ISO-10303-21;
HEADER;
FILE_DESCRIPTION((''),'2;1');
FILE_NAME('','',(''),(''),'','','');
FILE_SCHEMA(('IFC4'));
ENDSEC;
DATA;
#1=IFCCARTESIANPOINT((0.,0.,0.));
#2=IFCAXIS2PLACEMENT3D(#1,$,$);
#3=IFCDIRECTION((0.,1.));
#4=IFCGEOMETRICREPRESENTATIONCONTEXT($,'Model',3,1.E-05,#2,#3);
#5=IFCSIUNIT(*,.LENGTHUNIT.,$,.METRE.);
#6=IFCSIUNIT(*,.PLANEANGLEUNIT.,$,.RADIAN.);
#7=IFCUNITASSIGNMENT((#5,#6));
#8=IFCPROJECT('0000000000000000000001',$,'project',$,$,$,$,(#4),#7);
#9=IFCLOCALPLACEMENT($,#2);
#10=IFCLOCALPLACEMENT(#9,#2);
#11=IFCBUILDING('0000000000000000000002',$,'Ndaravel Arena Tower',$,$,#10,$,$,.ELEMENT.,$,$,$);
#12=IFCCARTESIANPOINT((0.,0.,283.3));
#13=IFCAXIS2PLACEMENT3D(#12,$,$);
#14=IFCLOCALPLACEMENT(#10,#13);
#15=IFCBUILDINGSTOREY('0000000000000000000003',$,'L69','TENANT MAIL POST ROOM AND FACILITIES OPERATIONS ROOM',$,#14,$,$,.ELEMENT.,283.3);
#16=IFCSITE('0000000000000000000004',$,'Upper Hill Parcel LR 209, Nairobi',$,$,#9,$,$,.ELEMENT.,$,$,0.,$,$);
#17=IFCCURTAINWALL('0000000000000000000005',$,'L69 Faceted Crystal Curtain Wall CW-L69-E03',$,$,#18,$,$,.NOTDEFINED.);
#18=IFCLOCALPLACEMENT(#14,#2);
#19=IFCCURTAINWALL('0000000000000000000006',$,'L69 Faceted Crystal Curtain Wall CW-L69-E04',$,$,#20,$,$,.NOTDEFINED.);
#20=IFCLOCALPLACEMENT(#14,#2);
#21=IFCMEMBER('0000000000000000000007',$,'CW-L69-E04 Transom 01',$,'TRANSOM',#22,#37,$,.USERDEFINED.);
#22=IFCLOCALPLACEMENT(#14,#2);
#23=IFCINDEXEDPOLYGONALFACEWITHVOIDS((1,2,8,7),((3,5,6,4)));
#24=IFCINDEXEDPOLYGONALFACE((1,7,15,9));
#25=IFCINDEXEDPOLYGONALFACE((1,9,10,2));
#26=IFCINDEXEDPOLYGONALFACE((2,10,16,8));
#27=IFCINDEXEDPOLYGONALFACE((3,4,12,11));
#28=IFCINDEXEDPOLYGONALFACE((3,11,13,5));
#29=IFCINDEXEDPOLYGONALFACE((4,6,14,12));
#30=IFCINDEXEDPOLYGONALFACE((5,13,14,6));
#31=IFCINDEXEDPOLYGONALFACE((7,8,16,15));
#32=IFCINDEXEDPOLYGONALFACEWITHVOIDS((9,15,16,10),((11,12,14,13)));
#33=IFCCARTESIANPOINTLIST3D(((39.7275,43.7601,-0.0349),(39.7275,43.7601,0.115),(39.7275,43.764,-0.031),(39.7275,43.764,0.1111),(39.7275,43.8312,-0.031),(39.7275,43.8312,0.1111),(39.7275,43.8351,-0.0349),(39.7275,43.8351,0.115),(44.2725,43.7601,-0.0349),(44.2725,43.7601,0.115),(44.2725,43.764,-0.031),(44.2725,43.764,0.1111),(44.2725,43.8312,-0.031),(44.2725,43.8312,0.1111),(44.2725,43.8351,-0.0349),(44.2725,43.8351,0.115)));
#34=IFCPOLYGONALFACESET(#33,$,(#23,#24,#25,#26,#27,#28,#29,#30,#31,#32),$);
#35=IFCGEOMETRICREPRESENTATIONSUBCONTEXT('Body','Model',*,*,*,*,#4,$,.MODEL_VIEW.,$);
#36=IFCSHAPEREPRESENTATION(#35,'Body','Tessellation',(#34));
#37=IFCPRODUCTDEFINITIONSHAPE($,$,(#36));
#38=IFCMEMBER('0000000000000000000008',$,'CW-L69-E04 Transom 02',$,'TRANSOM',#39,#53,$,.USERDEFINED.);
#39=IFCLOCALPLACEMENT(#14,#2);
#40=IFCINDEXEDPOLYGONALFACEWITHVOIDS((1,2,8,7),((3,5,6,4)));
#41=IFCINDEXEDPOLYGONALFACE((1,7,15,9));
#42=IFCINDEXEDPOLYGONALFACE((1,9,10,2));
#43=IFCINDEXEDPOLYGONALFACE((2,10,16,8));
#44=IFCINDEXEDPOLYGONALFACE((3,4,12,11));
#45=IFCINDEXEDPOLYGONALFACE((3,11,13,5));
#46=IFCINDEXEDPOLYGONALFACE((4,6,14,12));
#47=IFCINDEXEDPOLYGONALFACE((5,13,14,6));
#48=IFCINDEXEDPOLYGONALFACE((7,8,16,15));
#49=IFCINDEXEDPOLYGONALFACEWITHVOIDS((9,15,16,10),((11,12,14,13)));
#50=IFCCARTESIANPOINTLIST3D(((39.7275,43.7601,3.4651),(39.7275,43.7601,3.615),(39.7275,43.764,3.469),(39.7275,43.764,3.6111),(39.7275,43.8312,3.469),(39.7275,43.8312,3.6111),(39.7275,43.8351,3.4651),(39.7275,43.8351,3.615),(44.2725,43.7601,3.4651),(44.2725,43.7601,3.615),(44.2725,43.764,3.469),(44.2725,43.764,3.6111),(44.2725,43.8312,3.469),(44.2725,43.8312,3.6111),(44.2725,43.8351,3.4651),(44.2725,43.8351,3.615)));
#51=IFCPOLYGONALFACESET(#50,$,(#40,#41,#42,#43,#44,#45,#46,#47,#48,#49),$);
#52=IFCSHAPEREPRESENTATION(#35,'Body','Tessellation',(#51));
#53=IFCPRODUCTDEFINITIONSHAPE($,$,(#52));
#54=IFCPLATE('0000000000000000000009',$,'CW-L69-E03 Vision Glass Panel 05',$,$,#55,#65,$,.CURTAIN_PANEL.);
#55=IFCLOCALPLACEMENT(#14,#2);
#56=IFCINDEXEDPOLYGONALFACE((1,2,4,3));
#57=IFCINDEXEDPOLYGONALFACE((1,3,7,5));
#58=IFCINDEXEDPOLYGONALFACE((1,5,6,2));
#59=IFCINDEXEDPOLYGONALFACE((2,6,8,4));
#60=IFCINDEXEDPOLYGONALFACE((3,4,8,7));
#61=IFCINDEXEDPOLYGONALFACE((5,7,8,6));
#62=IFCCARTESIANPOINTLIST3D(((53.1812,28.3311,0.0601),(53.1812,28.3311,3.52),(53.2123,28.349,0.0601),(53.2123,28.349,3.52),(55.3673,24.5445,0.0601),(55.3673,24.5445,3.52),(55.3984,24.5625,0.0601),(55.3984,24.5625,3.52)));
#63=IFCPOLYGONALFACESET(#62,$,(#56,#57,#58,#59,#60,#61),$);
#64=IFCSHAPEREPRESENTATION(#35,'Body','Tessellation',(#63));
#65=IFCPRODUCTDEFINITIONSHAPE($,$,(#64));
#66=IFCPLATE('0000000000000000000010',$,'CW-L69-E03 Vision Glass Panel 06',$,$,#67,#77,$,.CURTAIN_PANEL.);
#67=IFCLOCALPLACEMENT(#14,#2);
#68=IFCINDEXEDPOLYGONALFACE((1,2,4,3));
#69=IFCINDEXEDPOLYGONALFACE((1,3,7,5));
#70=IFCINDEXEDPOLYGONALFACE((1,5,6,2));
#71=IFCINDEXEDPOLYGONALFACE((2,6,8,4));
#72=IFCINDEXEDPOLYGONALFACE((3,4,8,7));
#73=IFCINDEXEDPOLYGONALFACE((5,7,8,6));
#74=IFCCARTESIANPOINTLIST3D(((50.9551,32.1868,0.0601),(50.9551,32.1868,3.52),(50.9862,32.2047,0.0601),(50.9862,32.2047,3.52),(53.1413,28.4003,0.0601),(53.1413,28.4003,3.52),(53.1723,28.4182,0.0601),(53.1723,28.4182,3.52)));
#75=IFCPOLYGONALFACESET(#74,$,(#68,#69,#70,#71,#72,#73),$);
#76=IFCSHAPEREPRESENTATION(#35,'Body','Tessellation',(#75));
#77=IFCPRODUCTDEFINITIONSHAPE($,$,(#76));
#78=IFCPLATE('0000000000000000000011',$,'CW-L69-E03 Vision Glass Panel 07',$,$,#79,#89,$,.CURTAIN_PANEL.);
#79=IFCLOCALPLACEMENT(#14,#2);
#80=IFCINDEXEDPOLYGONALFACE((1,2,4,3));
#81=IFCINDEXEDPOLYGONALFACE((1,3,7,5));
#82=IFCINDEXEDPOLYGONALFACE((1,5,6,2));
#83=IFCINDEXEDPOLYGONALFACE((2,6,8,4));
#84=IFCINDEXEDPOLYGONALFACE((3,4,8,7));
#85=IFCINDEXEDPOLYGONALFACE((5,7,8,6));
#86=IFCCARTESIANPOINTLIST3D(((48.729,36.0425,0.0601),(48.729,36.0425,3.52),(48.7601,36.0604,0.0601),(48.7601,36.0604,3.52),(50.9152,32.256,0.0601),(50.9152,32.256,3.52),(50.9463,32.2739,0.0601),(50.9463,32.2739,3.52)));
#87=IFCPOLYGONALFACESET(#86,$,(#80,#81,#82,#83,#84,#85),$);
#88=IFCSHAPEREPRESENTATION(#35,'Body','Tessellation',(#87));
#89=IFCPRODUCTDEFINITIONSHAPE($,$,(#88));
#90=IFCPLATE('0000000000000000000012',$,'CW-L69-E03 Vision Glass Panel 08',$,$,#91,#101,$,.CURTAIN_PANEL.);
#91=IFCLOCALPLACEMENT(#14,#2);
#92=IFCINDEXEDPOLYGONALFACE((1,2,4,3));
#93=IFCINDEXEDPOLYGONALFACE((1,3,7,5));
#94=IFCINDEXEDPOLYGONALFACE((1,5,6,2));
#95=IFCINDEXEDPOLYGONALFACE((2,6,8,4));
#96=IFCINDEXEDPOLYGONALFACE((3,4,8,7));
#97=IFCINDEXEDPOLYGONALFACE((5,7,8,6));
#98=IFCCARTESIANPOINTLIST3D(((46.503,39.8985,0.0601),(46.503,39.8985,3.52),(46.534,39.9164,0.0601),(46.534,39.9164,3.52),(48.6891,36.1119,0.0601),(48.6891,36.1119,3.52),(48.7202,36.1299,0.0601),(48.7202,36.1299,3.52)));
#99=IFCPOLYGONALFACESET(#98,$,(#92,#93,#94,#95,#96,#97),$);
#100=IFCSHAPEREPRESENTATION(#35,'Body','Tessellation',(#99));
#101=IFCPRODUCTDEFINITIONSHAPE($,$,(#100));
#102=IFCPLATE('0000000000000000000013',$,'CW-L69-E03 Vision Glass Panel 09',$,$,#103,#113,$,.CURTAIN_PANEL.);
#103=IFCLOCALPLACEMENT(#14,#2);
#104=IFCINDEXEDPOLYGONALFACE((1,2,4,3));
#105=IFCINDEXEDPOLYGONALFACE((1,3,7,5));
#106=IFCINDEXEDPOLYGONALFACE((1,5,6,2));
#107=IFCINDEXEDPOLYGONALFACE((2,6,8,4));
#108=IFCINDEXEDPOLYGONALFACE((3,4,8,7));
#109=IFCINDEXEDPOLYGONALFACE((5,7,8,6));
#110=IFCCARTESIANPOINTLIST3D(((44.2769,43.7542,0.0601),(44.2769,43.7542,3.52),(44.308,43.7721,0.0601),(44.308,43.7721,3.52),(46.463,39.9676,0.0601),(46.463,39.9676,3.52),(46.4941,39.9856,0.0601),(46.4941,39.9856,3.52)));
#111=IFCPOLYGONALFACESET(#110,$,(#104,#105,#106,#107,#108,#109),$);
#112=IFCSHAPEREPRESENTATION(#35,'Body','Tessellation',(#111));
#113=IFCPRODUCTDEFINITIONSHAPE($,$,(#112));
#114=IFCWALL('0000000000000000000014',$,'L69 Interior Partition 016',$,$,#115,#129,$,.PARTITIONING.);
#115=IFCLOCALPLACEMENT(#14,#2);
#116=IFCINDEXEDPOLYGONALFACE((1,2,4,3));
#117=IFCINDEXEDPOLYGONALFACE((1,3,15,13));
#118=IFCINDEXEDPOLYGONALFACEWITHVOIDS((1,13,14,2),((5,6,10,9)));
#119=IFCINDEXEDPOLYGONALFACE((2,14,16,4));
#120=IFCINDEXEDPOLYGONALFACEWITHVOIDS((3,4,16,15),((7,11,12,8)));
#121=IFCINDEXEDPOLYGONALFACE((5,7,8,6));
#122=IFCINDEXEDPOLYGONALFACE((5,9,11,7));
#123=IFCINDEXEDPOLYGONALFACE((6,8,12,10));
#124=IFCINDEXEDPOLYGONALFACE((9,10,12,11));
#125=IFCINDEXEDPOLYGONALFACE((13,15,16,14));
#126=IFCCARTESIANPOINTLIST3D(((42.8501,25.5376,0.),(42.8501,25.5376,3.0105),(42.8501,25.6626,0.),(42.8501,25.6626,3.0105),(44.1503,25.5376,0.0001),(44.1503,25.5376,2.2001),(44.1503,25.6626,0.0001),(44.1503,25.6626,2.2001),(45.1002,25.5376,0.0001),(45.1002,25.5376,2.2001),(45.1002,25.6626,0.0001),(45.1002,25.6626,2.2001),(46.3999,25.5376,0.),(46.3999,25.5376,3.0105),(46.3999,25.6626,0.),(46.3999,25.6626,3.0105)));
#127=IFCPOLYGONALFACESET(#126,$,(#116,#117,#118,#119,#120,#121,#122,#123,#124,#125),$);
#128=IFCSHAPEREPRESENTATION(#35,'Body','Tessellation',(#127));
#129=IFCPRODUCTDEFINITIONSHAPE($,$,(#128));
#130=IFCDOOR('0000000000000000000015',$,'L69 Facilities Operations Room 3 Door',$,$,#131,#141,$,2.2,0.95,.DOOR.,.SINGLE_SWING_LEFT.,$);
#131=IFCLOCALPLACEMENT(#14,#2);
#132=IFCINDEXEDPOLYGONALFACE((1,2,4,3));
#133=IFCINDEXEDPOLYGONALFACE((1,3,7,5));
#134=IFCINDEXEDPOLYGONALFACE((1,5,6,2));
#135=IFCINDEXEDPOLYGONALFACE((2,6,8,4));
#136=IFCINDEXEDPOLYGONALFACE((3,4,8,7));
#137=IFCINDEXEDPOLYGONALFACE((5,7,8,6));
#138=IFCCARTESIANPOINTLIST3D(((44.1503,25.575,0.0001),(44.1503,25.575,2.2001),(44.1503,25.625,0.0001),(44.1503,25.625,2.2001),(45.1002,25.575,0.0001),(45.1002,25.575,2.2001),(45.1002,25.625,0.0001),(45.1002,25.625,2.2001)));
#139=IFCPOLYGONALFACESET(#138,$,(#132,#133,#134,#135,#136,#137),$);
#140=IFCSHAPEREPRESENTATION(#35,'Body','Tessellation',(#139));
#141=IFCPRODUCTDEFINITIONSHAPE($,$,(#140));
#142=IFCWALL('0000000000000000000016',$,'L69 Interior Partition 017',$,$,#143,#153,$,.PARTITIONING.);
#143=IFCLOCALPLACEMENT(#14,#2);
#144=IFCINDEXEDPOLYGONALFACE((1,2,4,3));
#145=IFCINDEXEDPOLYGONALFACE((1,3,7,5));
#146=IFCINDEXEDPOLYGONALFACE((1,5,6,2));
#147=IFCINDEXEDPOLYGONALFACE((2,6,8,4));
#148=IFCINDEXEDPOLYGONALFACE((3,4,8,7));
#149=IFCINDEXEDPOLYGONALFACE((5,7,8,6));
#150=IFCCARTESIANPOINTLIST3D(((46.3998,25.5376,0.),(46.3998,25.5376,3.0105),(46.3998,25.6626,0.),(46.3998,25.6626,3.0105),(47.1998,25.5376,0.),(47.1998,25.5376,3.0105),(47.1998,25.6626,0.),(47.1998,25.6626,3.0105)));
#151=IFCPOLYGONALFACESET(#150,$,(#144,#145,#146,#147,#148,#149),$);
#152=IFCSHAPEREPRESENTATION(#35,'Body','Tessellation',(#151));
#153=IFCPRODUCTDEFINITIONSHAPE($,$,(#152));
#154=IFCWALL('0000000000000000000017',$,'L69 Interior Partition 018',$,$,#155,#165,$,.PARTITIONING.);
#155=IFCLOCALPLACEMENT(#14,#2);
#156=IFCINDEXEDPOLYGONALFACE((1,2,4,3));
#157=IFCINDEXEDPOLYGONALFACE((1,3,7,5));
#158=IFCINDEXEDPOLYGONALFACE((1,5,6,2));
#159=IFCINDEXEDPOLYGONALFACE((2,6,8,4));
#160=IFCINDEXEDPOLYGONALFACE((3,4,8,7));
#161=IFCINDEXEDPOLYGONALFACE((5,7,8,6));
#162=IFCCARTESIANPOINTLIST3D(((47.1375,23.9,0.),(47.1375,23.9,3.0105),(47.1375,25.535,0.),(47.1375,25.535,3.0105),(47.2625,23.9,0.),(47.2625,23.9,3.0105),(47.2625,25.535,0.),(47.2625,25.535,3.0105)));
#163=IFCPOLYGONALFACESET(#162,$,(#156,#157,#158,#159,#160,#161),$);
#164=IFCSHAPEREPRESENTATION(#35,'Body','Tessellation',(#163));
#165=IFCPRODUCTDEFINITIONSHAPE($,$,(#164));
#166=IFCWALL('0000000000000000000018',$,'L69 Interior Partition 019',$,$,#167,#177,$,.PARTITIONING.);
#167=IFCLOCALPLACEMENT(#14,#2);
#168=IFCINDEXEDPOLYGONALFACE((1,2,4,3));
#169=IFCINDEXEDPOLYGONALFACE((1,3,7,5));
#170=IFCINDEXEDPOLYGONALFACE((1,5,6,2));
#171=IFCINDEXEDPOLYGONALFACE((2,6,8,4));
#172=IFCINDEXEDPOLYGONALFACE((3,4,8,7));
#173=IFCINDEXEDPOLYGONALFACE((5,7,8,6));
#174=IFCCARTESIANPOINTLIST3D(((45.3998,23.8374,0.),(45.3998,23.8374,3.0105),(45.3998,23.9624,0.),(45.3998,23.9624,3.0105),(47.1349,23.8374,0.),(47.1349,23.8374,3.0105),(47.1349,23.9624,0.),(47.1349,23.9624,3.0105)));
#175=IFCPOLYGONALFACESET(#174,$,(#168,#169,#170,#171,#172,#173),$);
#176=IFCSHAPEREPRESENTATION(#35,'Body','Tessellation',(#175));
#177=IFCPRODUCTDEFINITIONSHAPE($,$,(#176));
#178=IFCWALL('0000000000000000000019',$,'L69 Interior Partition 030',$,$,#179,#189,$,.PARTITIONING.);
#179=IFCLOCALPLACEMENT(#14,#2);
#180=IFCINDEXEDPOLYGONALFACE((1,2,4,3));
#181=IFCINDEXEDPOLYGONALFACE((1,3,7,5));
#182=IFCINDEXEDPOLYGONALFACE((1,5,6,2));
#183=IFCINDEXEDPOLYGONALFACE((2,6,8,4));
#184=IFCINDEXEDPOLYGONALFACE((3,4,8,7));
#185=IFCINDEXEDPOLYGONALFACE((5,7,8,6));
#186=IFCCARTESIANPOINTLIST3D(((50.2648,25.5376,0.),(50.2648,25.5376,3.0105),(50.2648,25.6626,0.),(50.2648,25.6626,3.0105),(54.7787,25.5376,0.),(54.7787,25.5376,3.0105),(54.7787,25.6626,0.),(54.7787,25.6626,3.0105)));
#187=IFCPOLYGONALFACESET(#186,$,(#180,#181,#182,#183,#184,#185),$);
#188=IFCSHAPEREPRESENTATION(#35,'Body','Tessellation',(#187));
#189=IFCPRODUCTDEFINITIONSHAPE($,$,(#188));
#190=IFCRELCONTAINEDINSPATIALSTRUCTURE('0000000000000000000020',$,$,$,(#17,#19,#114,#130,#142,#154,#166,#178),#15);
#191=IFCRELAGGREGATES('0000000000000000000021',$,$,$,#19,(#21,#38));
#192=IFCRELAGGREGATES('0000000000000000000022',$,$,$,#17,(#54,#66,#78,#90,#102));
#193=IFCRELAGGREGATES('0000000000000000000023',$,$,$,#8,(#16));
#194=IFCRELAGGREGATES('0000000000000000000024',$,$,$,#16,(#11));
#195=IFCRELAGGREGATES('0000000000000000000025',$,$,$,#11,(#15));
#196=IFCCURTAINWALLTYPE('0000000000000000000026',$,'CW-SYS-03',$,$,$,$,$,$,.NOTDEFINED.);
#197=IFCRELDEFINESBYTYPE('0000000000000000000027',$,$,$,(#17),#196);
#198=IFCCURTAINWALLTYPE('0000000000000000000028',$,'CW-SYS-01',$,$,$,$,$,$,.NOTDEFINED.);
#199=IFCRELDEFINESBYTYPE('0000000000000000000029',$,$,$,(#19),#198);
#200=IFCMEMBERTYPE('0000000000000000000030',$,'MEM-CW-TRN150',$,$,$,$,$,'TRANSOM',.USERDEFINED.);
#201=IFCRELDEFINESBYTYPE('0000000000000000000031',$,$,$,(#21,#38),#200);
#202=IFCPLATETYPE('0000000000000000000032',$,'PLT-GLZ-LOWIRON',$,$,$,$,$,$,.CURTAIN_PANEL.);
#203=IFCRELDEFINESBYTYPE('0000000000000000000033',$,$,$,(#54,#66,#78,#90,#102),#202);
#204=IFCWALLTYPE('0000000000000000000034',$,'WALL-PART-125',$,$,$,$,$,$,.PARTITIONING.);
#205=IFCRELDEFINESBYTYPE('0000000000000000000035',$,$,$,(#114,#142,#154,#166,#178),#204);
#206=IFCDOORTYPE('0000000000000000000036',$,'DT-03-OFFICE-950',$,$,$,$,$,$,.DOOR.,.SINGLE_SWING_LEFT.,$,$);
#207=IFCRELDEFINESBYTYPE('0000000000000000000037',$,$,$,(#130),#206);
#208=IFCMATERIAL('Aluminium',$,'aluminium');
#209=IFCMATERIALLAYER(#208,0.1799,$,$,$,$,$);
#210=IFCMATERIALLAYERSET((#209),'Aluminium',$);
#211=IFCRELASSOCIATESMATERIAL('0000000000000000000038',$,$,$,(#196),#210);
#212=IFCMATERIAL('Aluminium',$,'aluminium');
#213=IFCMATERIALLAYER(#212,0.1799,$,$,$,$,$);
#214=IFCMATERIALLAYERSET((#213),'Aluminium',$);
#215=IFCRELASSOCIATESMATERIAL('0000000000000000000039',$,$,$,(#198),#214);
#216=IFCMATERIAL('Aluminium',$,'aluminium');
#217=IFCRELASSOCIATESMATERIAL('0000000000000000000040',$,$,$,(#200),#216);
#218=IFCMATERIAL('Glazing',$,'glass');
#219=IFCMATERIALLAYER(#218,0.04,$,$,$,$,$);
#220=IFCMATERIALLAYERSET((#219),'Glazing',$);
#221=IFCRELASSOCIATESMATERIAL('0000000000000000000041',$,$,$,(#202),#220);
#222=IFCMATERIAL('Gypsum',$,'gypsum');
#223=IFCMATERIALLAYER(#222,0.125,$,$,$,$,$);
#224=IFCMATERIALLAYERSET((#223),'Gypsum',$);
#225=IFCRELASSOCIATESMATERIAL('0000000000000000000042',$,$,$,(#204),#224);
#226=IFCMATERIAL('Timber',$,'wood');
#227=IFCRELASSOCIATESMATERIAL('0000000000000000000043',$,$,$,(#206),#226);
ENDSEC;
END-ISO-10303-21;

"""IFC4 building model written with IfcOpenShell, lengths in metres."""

from ifc_helpers import new_model, si_unit, direction, frame, frame_2d, origin, origin_2d, place, context, subcontext, project, spatial, rectangle, hollow_rectangle, extrude, material, layer, layer_set, material_profile, profile_set, type_object, element, fill, aggregate, save


model = new_model("IFC4")

# Units and contexts
model_context = context("Model", 3, precision=1e-05, world=origin(), true_north=direction((0.0, 1.0)))
body_context = subcontext(model_context, "Body", "Model", "MODEL_VIEW")
ifc_project = project(units=[si_unit("LENGTHUNIT", "METRE"), si_unit("PLANEANGLEUNIT", "RADIAN")], contexts=[model_context])

# Site, building, storey
site_placement = place(None, origin())
site = spatial("IfcSite", under=ifc_project, at=site_placement, Name="Upper Hill Parcel LR 209, Nairobi", CompositionType="ELEMENT", RefElevation=0.0)
building_placement = place(site_placement, origin())
building = spatial("IfcBuilding", under=site, at=building_placement, Name="Ndaravel Arena Tower", CompositionType="ELEMENT")
storey_placement = place(building_placement, frame((0.0, 0.0, 283.3)))
storey = spatial("IfcBuildingStorey", under=building, at=storey_placement, Name="L69", Description="TENANT MAIL POST ROOM AND FACILITIES OPERATIONS ROOM", CompositionType="ELEMENT", Elevation=283.3)

# Curtain walls, members
ifc_material_1 = material(Name="Aluminium", Category="aluminium")
ifc_layer_1 = layer(ifc_material_1, 0.1799)
ifc_layer_set_1 = layer_set([ifc_layer_1], Name="Aluminium")
curtain_wall_type_1 = type_object("IfcCurtainWallType", Name="CW-SYS-03", PredefinedType="NOTDEFINED", material=ifc_layer_set_1)
curtain_wall_1_placement = place(storey_placement, origin())
curtain_wall_1 = element("IfcCurtainWall", 1, at=curtain_wall_1_placement, inside=storey, type_object=curtain_wall_type_1, Name="L69 Faceted Crystal Curtain Wall CW-L69-E03", PredefinedType="NOTDEFINED")
ifc_material_2 = material(Name="Aluminium", Category="aluminium")
ifc_layer_2 = layer(ifc_material_2, 0.1799)
ifc_layer_set_2 = layer_set([ifc_layer_2], Name="Aluminium")
curtain_wall_type_2 = type_object("IfcCurtainWallType", Name="CW-SYS-01", PredefinedType="NOTDEFINED", material=ifc_layer_set_2)
curtain_wall_2_placement = place(storey_placement, origin())
curtain_wall_2 = element("IfcCurtainWall", 2, at=curtain_wall_2_placement, inside=storey, type_object=curtain_wall_type_2, Name="L69 Faceted Crystal Curtain Wall CW-L69-E04", PredefinedType="NOTDEFINED")
ifc_material_3 = material(Name="Aluminium", Category="aluminium")
ifc_material_profile_1 = material_profile(ifc_material_3, hollow_rectangle(XDim=0.075, YDim=0.1499, WallThickness=0.0039, at=origin_2d()), Name="CW TRANSOM 75x150x4")
ifc_profile_set_1 = profile_set([ifc_material_profile_1], Name="Aluminium")
member_type_1 = type_object("IfcMemberType", Name="MEM-CW-TRN150", ElementType="TRANSOM", PredefinedType="USERDEFINED", material=ifc_profile_set_1)
member_1_placement = place(storey_placement, frame((44.2725, 43.7976, 0.04), z_axis=(-1.0, 0.0, 0.0), x_axis=(0.0, -1.0, 0.0)))
member_1 = element("IfcMember", 3, at=member_1_placement, type_object=member_type_1, Name="CW-L69-E04 Transom 01", ObjectType="TRANSOM", PredefinedType="USERDEFINED", context=body_context, shape_type="SweptSolid", body=[
    extrude(hollow_rectangle(XDim=0.075, YDim=0.1499, WallThickness=0.0039, at=origin_2d()), origin(), (0.0, 0.0, 1.0), 4.5449),
])
member_2_placement = place(storey_placement, frame((44.2725, 43.7976, 3.54), z_axis=(-1.0, 0.0, 0.0), x_axis=(0.0, -1.0, 0.0)))
member_2 = element("IfcMember", 4, at=member_2_placement, type_object=member_type_1, Name="CW-L69-E04 Transom 02", ObjectType="TRANSOM", PredefinedType="USERDEFINED", context=body_context, shape_type="SweptSolid", body=[
    extrude(hollow_rectangle(XDim=0.075, YDim=0.1499, WallThickness=0.0039, at=origin_2d()), origin(), (0.0, 0.0, 1.0), 4.5449),
])
aggregate(curtain_wall_2, [member_1, member_2])

# Plates
ifc_material_4 = material(Name="Glazing", Category="glass")
ifc_layer_3 = layer(ifc_material_4, 0.04)
ifc_layer_set_3 = layer_set([ifc_layer_3], Name="Glazing")
plate_type = type_object("IfcPlateType", Name="PLT-GLZ-LOWIRON", PredefinedType="CURTAIN_PANEL", material=ifc_layer_set_3)
plate_1_placement = place(storey_placement, frame((54.2898, 26.4468, 0.0601), z_axis=(0.0, 0.0, 1.0), x_axis=(-0.5, 0.866025, 0.0)))
plate_1 = element("IfcPlate", 5, at=plate_1_placement, type_object=plate_type, Name="CW-L69-E03 Vision Glass Panel 05", PredefinedType="CURTAIN_PANEL", context=body_context, shape_type="SweptSolid", body=[
    extrude(rectangle(XDim=4.3723, YDim=0.0359, at=origin_2d()), origin(), (0.0, 0.0, 1.0), 3.46),
])
plate_2_placement = place(storey_placement, frame((52.0637, 30.3025, 0.0601), z_axis=(0.0, 0.0, 1.0), x_axis=(-0.5, 0.866025, 0.0)))
plate_2 = element("IfcPlate", 6, at=plate_2_placement, type_object=plate_type, Name="CW-L69-E03 Vision Glass Panel 06", PredefinedType="CURTAIN_PANEL", context=body_context, shape_type="SweptSolid", body=[
    extrude(rectangle(XDim=4.3723, YDim=0.0359, at=origin_2d()), origin(), (0.0, 0.0, 1.0), 3.46),
])
plate_3_placement = place(storey_placement, frame((49.8376, 34.1582, 0.0601), z_axis=(0.0, 0.0, 1.0), x_axis=(-0.5, 0.866025, 0.0)))
plate_3 = element("IfcPlate", 7, at=plate_3_placement, type_object=plate_type, Name="CW-L69-E03 Vision Glass Panel 07", PredefinedType="CURTAIN_PANEL", context=body_context, shape_type="SweptSolid", body=[
    extrude(rectangle(XDim=4.3723, YDim=0.0359, at=origin_2d()), origin(), (0.0, 0.0, 1.0), 3.46),
])
plate_4_placement = place(storey_placement, frame((47.6116, 38.0142, 0.0601), z_axis=(0.0, 0.0, 1.0), x_axis=(-0.5, 0.866025, 0.0)))
plate_4 = element("IfcPlate", 8, at=plate_4_placement, type_object=plate_type, Name="CW-L69-E03 Vision Glass Panel 08", PredefinedType="CURTAIN_PANEL", context=body_context, shape_type="SweptSolid", body=[
    extrude(rectangle(XDim=4.3723, YDim=0.0359, at=origin_2d()), origin(), (0.0, 0.0, 1.0), 3.46),
])
plate_5_placement = place(storey_placement, frame((45.3855, 41.8699, 0.0601), z_axis=(0.0, 0.0, 1.0), x_axis=(-0.5, 0.866025, 0.0)))
plate_5 = element("IfcPlate", 9, at=plate_5_placement, type_object=plate_type, Name="CW-L69-E03 Vision Glass Panel 09", PredefinedType="CURTAIN_PANEL", context=body_context, shape_type="SweptSolid", body=[
    extrude(rectangle(XDim=4.3723, YDim=0.0359, at=origin_2d()), origin(), (0.0, 0.0, 1.0), 3.46),
])
aggregate(curtain_wall_1, [plate_1, plate_2, plate_3, plate_4, plate_5])

# Wall, opening, door
ifc_material_5 = material(Name="Gypsum", Category="gypsum")
ifc_layer_4 = layer(ifc_material_5, 0.125)
ifc_layer_set_4 = layer_set([ifc_layer_4], Name="Gypsum")
wall_type_1 = type_object("IfcWallType", Name="WALL-PART-125", PredefinedType="PARTITIONING", material=ifc_layer_set_4)
wall_1_placement = place(storey_placement, frame((42.8501, 25.6001, 0.0), z_axis=(0.0, 0.0, 1.0), x_axis=(1.0, 0.0, 0.0)))
wall_1 = element("IfcWall", 10, at=wall_1_placement, inside=storey, type_object=wall_type_1, Name="L69 Interior Partition 016", PredefinedType="PARTITIONING", context=body_context, shape_type="SweptSolid", body=[
    extrude(rectangle(XDim=3.5498, YDim=0.125, at=frame_2d((1.7749, 0.0))), origin(), (0.0, 0.0, 1.0), 3.0105),
])
opening_placement = place(wall_1_placement, frame((1.3, 0.0, 0.0)))
opening = element("IfcOpeningElement", 11, at=opening_placement, cuts=wall_1, PredefinedType="OPENING", context=body_context, shape_type="SweptSolid", body=[
    extrude(rectangle(XDim=0.95, YDim=2.2, at=frame_2d((0.4751, 1.1001))), frame((0.0, 0.0625, 0.0), z_axis=(0.0, -1.0, 0.0), x_axis=(1.0, 0.0, 0.0)), (0.0, 0.0, 1.0), 0.125),
])
ifc_material_6 = material(Name="Timber", Category="wood")
door_type = type_object("IfcDoorType", Name="DT-03-OFFICE-950", OperationType="SINGLE_SWING_LEFT", PredefinedType="DOOR", material=ifc_material_6)
door_placement = place(opening_placement, origin())
door = element("IfcDoor", 12, at=door_placement, inside=storey, type_object=door_type, Name="L69 Facilities Operations Room 3 Door", OperationType="SINGLE_SWING_LEFT", OverallHeight=2.2, OverallWidth=0.95, PredefinedType="DOOR", context=body_context, shape_type="SweptSolid", body=[
    extrude(rectangle(XDim=0.95, YDim=2.2, at=frame_2d((0.4751, 1.1001))), frame((0.0, 0.0249, 0.0), z_axis=(0.0, -1.0, 0.0), x_axis=(1.0, 0.0, 0.0)), (0.0, 0.0, 1.0), 0.05),
])
fill(opening, door)

# Walls
wall_2_placement = place(storey_placement, frame((46.3999, 25.6001, 0.0), z_axis=(0.0, 0.0, 1.0), x_axis=(1.0, 0.0, 0.0)))
element("IfcWall", 13, at=wall_2_placement, inside=storey, type_object=wall_type_1, Name="L69 Interior Partition 017", PredefinedType="PARTITIONING", context=body_context, shape_type="SweptSolid", body=[
    extrude(rectangle(XDim=0.8, YDim=0.125, at=frame_2d((0.3999, 0.0))), origin(), (0.0, 0.0, 1.0), 3.0105),
])
wall_3_placement = place(storey_placement, frame((47.2, 25.5349, 0.0), z_axis=(0.0, 0.0, 1.0), x_axis=(0.0, -1.0, 0.0)))
element("IfcWall", 14, at=wall_3_placement, inside=storey, type_object=wall_type_1, Name="L69 Interior Partition 018", PredefinedType="PARTITIONING", context=body_context, shape_type="SweptSolid", body=[
    extrude(rectangle(XDim=1.635, YDim=0.125, at=frame_2d((0.8174, 0.0))), origin(), (0.0, 0.0, 1.0), 3.0105),
])
wall_4_placement = place(storey_placement, frame((47.135, 23.8999, 0.0), z_axis=(0.0, 0.0, 1.0), x_axis=(-1.0, 0.0, 0.0)))
element("IfcWall", 15, at=wall_4_placement, inside=storey, type_object=wall_type_1, Name="L69 Interior Partition 019", PredefinedType="PARTITIONING", context=body_context, shape_type="SweptSolid", body=[
    extrude(rectangle(XDim=1.7351, YDim=0.125, at=frame_2d((0.8677, 0.0))), origin(), (0.0, 0.0, 1.0), 3.0105),
])
wall_5_placement = place(storey_placement, frame((50.2649, 25.6001, 0.0), z_axis=(0.0, 0.0, 1.0), x_axis=(1.0, 0.0, 0.0)))
element("IfcWall", 16, at=wall_5_placement, inside=storey, type_object=wall_type_1, Name="L69 Interior Partition 030", PredefinedType="PARTITIONING", context=body_context, shape_type="SweptSolid", body=[
    extrude(rectangle(XDim=4.5139, YDim=0.125, at=frame_2d((2.2568, 0.0))), origin(), (0.0, 0.0, 1.0), 3.0105),
])

save(model, "model.ifc")
